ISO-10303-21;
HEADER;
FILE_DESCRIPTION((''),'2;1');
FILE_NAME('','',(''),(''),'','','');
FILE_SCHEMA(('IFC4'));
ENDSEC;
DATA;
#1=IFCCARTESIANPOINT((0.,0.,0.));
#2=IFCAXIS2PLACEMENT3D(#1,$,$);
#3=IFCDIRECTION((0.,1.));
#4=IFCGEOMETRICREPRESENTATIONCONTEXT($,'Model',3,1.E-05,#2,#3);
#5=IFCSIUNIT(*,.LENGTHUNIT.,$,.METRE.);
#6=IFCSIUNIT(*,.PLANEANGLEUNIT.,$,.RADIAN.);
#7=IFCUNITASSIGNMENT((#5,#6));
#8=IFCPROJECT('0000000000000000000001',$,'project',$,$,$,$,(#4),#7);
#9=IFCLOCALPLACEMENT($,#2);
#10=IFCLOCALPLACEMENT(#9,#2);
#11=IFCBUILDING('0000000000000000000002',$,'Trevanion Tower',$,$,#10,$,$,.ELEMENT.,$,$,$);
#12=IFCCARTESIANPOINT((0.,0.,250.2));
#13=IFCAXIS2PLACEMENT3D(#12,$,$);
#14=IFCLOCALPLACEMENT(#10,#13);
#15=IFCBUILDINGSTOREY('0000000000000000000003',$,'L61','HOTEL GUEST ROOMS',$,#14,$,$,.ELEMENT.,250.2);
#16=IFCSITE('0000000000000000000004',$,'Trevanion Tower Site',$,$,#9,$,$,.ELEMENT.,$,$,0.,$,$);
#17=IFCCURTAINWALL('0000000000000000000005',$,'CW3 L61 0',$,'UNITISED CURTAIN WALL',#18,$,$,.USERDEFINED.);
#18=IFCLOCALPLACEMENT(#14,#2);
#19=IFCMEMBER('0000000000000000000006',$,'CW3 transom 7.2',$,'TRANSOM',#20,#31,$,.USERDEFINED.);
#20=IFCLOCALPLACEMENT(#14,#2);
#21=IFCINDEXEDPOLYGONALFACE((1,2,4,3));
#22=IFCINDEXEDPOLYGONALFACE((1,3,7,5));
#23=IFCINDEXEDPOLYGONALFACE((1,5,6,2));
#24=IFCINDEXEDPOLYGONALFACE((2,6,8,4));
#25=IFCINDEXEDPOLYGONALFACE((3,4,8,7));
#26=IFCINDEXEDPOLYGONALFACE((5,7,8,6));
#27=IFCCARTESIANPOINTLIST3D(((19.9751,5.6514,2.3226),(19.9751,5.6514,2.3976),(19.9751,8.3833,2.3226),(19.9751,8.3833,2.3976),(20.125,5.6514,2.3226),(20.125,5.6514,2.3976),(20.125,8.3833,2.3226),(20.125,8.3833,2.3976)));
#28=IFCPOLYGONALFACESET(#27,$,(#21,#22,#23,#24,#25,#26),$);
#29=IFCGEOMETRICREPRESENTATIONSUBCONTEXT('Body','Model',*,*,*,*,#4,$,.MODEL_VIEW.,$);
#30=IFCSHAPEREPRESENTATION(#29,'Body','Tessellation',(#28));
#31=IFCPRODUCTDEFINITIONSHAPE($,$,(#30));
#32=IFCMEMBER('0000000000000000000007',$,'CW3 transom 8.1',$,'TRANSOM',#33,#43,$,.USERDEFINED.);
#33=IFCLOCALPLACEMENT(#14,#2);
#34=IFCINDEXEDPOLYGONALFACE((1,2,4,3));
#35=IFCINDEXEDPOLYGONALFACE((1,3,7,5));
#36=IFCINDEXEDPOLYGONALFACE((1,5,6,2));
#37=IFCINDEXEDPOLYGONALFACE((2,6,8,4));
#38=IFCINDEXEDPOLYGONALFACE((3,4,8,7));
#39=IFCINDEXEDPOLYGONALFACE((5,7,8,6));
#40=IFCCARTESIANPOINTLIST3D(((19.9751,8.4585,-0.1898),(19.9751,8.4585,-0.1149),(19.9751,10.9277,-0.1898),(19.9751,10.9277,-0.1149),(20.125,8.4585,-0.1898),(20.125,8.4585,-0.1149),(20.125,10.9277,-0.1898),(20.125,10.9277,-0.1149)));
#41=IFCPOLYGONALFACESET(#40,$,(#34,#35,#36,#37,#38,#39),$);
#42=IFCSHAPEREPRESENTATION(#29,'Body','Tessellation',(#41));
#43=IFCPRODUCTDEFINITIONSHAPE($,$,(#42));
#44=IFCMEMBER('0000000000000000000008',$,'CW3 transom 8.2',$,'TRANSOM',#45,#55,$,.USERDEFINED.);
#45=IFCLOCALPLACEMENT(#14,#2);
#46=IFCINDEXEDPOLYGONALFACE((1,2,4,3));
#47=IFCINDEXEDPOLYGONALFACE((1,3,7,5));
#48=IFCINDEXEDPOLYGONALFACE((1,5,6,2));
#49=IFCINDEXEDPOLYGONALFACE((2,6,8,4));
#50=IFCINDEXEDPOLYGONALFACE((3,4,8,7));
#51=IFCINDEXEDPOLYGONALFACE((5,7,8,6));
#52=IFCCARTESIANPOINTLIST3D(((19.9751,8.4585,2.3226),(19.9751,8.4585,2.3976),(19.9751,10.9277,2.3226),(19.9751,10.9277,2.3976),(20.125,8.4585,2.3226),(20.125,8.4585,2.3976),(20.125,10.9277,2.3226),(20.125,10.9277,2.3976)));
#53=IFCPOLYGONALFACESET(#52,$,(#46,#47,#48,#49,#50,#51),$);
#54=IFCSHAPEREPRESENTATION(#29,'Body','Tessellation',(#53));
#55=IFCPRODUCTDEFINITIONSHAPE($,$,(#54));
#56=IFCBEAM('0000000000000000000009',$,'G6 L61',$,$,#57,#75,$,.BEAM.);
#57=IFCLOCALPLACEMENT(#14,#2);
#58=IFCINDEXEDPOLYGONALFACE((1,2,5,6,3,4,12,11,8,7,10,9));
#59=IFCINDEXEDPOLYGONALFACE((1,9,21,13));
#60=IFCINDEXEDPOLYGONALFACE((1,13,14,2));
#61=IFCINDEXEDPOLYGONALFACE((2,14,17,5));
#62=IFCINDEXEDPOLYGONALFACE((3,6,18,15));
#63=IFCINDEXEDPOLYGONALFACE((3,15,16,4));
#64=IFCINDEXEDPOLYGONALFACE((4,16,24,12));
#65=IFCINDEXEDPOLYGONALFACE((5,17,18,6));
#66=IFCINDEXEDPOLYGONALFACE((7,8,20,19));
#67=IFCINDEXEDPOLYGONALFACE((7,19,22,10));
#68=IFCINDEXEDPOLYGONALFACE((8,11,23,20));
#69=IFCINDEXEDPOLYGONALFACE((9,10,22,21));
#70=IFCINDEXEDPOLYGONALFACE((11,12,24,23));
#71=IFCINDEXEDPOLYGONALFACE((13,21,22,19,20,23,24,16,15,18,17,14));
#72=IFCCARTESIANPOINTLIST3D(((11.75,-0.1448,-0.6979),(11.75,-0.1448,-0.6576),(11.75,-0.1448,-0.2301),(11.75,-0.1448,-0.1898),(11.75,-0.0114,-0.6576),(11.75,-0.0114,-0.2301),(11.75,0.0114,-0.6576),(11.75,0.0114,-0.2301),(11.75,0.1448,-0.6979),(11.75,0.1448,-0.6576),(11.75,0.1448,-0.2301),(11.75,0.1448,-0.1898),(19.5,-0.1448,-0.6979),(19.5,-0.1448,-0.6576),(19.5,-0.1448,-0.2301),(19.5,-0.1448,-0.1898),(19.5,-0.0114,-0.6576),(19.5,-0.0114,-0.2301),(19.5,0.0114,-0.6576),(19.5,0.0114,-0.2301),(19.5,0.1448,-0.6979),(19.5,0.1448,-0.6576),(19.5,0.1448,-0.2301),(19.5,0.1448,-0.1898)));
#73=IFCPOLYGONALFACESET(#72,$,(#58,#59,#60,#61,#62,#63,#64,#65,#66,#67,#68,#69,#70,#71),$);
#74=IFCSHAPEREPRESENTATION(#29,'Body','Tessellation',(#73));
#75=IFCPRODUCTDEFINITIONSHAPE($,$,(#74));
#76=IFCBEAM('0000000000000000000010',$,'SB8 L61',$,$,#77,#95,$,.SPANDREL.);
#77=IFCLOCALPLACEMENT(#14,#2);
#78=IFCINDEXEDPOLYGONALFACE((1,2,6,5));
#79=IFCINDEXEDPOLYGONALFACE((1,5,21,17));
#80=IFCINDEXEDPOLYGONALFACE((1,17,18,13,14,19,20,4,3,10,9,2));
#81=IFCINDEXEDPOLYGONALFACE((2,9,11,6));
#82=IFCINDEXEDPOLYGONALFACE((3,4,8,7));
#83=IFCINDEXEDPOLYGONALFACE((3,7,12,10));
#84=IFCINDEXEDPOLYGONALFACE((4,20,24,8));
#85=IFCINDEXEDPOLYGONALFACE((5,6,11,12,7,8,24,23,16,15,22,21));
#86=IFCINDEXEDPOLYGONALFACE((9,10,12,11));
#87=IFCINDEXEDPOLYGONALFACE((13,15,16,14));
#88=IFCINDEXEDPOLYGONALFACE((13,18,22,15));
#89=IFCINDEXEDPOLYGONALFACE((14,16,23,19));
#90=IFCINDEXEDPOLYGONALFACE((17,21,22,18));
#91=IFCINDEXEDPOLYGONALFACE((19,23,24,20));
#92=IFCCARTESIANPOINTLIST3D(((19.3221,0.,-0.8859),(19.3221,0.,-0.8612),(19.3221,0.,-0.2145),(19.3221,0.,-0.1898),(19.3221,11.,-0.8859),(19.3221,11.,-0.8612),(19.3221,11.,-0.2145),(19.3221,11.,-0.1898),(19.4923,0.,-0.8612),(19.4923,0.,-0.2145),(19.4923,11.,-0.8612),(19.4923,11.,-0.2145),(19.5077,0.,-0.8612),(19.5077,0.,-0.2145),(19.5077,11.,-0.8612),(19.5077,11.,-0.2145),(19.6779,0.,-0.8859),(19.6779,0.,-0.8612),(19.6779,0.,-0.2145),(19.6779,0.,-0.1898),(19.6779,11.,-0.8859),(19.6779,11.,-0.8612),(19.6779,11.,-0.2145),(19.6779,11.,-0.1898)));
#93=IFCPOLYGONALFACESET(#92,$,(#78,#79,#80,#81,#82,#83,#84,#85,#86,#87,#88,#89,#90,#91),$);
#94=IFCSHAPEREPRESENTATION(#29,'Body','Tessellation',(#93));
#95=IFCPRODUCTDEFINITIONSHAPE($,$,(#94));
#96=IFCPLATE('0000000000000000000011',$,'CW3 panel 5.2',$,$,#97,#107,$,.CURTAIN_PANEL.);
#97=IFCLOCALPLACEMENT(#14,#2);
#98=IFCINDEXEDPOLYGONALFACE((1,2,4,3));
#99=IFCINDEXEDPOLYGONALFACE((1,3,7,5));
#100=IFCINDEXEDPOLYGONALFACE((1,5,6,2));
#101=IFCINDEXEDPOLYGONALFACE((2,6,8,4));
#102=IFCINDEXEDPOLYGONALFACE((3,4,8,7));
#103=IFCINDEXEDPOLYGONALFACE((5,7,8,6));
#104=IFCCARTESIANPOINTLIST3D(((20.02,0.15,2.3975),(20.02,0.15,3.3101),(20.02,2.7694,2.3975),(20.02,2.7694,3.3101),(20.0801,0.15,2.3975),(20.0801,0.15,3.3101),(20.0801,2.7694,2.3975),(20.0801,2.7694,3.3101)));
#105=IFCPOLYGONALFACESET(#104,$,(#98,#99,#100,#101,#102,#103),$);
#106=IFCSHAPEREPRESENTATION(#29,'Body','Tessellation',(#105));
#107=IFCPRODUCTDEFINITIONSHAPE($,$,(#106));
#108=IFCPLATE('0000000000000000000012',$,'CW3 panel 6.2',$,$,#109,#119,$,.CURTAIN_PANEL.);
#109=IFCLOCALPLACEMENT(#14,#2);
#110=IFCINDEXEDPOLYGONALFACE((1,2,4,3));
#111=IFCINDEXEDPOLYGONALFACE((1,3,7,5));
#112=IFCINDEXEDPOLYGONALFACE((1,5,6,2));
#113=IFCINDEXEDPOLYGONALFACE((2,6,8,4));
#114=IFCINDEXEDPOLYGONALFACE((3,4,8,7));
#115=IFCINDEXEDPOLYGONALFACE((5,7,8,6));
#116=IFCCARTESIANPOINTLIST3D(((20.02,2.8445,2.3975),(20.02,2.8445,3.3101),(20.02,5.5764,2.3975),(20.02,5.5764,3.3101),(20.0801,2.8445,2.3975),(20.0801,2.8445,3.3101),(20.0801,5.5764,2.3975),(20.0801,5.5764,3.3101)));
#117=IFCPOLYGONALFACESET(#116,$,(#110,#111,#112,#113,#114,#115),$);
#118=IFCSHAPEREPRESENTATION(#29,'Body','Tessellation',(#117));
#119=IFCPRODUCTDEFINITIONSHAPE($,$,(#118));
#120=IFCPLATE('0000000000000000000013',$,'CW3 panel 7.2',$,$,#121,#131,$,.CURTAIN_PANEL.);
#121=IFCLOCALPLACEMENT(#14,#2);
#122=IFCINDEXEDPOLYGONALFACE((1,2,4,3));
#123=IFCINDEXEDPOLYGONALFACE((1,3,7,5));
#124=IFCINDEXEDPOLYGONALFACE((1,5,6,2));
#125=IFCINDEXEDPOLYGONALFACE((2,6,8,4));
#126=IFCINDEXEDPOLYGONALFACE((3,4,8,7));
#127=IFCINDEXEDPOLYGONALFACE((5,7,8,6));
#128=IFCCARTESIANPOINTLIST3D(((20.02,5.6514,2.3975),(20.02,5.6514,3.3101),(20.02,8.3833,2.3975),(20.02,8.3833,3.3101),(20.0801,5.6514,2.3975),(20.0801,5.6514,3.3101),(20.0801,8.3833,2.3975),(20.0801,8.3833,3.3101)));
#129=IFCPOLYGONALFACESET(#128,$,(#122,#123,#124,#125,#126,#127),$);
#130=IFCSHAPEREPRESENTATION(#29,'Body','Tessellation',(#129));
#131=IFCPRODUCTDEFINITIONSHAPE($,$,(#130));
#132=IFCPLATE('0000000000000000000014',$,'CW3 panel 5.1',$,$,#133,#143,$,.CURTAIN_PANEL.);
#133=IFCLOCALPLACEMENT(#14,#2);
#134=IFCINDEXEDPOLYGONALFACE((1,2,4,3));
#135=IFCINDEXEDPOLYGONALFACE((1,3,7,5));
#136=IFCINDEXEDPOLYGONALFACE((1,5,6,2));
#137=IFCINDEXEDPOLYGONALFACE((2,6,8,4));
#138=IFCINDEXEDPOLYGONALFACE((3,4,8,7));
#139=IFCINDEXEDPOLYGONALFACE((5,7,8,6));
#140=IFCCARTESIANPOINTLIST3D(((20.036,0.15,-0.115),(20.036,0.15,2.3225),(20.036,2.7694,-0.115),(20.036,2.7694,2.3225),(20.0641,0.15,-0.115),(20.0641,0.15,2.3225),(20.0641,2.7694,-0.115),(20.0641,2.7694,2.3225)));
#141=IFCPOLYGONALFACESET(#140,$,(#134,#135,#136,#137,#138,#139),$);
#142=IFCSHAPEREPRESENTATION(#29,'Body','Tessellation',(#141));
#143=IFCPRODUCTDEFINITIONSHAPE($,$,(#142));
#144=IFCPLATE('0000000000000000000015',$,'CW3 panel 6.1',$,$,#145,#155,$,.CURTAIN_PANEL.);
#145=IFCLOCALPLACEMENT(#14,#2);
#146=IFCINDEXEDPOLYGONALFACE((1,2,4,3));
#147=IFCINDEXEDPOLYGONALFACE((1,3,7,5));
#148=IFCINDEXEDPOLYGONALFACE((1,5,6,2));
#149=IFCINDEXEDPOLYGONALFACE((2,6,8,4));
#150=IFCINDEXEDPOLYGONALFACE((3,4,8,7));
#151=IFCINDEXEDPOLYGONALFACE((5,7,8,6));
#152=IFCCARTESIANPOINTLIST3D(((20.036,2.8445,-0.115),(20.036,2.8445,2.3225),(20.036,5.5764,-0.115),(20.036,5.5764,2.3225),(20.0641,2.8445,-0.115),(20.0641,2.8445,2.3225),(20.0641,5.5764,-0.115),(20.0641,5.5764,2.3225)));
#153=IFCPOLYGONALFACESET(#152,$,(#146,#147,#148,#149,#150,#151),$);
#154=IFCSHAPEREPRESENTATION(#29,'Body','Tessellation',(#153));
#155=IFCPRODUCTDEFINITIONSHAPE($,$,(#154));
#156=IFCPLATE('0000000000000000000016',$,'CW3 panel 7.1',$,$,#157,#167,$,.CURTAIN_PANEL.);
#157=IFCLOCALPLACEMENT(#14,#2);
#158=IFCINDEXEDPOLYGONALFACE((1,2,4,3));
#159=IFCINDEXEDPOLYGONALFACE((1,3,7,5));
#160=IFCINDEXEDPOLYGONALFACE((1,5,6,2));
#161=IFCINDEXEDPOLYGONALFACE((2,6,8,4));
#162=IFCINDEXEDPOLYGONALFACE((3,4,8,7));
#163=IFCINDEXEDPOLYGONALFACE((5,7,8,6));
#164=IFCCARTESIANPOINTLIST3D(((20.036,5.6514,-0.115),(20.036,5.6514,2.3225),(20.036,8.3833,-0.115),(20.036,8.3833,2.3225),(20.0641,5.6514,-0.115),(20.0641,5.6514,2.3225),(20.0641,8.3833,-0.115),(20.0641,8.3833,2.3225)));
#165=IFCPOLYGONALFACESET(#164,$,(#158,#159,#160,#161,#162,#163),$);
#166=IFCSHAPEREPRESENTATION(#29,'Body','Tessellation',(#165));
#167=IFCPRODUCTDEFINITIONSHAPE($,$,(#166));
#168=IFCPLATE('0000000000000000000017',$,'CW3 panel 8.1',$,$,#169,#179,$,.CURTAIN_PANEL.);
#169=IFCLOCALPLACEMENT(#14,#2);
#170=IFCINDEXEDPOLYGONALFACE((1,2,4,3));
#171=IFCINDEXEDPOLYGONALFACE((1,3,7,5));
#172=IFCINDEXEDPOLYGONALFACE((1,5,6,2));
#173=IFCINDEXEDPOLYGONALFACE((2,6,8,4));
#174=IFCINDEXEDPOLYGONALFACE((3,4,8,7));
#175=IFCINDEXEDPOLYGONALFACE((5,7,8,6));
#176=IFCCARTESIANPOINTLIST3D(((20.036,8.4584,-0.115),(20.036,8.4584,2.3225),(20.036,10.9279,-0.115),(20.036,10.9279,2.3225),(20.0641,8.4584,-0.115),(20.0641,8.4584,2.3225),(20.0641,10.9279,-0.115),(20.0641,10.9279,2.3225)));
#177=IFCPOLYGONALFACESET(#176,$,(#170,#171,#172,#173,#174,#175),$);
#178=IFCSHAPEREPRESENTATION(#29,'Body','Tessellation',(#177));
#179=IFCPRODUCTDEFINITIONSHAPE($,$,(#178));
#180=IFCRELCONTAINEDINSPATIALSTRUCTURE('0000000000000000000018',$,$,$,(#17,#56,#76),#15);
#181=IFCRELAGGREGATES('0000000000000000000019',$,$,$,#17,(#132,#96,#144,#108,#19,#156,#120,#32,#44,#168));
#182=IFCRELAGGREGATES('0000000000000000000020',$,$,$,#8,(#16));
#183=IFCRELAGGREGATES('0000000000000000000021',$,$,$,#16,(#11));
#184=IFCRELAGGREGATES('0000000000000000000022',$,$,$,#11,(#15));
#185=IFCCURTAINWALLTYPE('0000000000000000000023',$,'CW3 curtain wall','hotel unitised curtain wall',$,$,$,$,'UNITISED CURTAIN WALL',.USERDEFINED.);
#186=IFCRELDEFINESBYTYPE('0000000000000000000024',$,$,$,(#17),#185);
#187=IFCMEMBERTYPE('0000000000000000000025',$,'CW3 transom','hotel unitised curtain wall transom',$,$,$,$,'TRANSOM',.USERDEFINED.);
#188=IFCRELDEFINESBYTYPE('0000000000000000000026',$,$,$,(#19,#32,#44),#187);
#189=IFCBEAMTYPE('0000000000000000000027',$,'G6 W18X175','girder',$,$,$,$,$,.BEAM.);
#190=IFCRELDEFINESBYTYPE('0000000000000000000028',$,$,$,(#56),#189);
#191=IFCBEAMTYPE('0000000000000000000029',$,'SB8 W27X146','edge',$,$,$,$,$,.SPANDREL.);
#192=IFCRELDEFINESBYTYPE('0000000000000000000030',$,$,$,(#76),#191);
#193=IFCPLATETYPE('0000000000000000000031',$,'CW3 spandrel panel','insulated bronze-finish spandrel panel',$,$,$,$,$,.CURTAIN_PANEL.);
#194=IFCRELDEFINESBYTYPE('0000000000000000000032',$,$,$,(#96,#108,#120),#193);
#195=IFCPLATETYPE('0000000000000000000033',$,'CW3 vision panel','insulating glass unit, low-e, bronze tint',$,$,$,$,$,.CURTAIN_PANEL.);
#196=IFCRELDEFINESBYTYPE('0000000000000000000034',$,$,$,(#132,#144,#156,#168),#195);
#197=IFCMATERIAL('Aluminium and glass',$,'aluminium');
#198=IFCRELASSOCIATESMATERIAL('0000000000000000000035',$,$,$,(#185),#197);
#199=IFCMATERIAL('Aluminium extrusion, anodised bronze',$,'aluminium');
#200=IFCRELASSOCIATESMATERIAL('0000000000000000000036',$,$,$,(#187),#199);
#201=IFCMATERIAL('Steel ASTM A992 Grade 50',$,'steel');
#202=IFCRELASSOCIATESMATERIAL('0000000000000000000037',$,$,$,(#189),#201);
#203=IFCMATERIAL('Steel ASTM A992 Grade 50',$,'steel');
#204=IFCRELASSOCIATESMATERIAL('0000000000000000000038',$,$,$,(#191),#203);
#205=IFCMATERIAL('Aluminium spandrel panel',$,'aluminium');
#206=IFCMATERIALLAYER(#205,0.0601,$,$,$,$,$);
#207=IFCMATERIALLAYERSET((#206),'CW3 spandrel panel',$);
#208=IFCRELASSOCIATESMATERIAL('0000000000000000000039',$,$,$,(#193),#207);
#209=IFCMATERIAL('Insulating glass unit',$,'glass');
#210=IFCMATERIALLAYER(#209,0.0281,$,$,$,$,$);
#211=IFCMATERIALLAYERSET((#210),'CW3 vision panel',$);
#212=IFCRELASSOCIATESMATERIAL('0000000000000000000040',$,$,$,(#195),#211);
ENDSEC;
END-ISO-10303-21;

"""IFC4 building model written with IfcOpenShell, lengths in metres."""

from ifc_helpers import new_model, si_unit, direction, frame, origin, origin_2d, place, context, subcontext, project, spatial, rectangle, i_section, extrude, material, layer, layer_set, material_profile, profile_set, type_object, element, aggregate, save


model = new_model("IFC4")

# Units and contexts
model_context = context("Model", 3, precision=1e-05, world=origin(), true_north=direction((0.0, 1.0)))
body_context = subcontext(model_context, "Body", "Model", "MODEL_VIEW")
ifc_project = project(units=[si_unit("LENGTHUNIT", "METRE"), si_unit("PLANEANGLEUNIT", "RADIAN")], contexts=[model_context])

# Site, building, storey
site_placement = place(None, origin())
site = spatial("IfcSite", under=ifc_project, at=site_placement, Name="Trevanion Tower Site", CompositionType="ELEMENT", RefElevation=0.0)
building_placement = place(site_placement, origin())
building = spatial("IfcBuilding", under=site, at=building_placement, Name="Trevanion Tower", CompositionType="ELEMENT")
storey_placement = place(building_placement, frame((0.0, 0.0, 250.2)))
storey = spatial("IfcBuildingStorey", under=building, at=storey_placement, Name="L61", Description="HOTEL GUEST ROOMS", CompositionType="ELEMENT", Elevation=250.2)

# Curtain wall, members
ifc_material_1 = material(Name="Aluminium and glass", Category="aluminium")
curtain_wall_type = type_object("IfcCurtainWallType", Name="CW3 curtain wall", Description="hotel unitised curtain wall", ElementType="UNITISED CURTAIN WALL", PredefinedType="USERDEFINED", material=ifc_material_1)
curtain_wall_placement = place(storey_placement, origin())
curtain_wall = element("IfcCurtainWall", 1, at=curtain_wall_placement, inside=storey, type_object=curtain_wall_type, Name="CW3 L61 0", ObjectType="UNITISED CURTAIN WALL", PredefinedType="USERDEFINED")
ifc_material_2 = material(Name="Aluminium extrusion, anodised bronze", Category="aluminium")
ifc_material_profile_1 = material_profile(ifc_material_2, rectangle(XDim=0.1499, YDim=0.075, at=origin_2d()), Name="CW3 transom")
ifc_profile_set_1 = profile_set([ifc_material_profile_1], Name="Aluminium extrusion, anodised bronze")
member_type_1 = type_object("IfcMemberType", Name="CW3 transom", Description="hotel unitised curtain wall transom", ElementType="TRANSOM", PredefinedType="USERDEFINED", material=ifc_profile_set_1)
member_1_placement = place(storey_placement, frame((20.05, 5.6514, 2.3601), z_axis=(0.0, 1.0, 0.0), x_axis=(-1.0, 0.0, 0.0)))
member_1 = element("IfcMember", 2, at=member_1_placement, type_object=member_type_1, Name="CW3 transom 7.2", ObjectType="TRANSOM", PredefinedType="USERDEFINED", context=body_context, shape_type="SweptSolid", body=[
    extrude(rectangle(XDim=0.1499, YDim=0.075, at=origin_2d()), origin(), (0.0, 0.0, 1.0), 2.7319),
])
member_2_placement = place(storey_placement, frame((20.05, 8.4585, -0.1523), z_axis=(0.0, 1.0, 0.0), x_axis=(-1.0, 0.0, 0.0)))
member_2 = element("IfcMember", 3, at=member_2_placement, type_object=member_type_1, Name="CW3 transom 8.1", ObjectType="TRANSOM", PredefinedType="USERDEFINED", context=body_context, shape_type="SweptSolid", body=[
    extrude(rectangle(XDim=0.1499, YDim=0.075, at=origin_2d()), origin(), (0.0, 0.0, 1.0), 2.4692),
])
member_3_placement = place(storey_placement, frame((20.05, 8.4585, 2.3601), z_axis=(0.0, 1.0, 0.0), x_axis=(-1.0, 0.0, 0.0)))
member_3 = element("IfcMember", 4, at=member_3_placement, type_object=member_type_1, Name="CW3 transom 8.2", ObjectType="TRANSOM", PredefinedType="USERDEFINED", context=body_context, shape_type="SweptSolid", body=[
    extrude(rectangle(XDim=0.1499, YDim=0.075, at=origin_2d()), origin(), (0.0, 0.0, 1.0), 2.4692),
])

# Beams
ifc_material_3 = material(Name="Steel ASTM A992 Grade 50", Category="steel")
ifc_material_profile_2 = material_profile(ifc_material_3, i_section(OverallWidth=0.2896, OverallDepth=0.5081, WebThickness=0.0227, FlangeThickness=0.0403, at=origin_2d()), Name="W18X175")
ifc_profile_set_2 = profile_set([ifc_material_profile_2], Name="Steel ASTM A992 Grade 50")
beam_type_1 = type_object("IfcBeamType", Name="G6 W18X175", Description="girder", PredefinedType="BEAM", material=ifc_profile_set_2)
beam_1_placement = place(storey_placement, frame((11.75, 0.0, -0.4438), z_axis=(1.0, 0.0, 0.0), x_axis=(0.0, 1.0, 0.0)))
element("IfcBeam", 5, at=beam_1_placement, inside=storey, type_object=beam_type_1, Name="G6 L61", PredefinedType="BEAM", context=body_context, shape_type="SweptSolid", body=[
    extrude(i_section(OverallWidth=0.2896, OverallDepth=0.5081, WebThickness=0.0227, FlangeThickness=0.0403, at=origin_2d()), origin(), (0.0, 0.0, 1.0), 7.75),
])
ifc_material_4 = material(Name="Steel ASTM A992 Grade 50", Category="steel")
ifc_material_profile_3 = material_profile(ifc_material_4, i_section(OverallWidth=0.3557, OverallDepth=0.696, WebThickness=0.0154, FlangeThickness=0.0247, at=origin_2d()), Name="W27X146")
ifc_profile_set_3 = profile_set([ifc_material_profile_3], Name="Steel ASTM A992 Grade 50")
beam_type_2 = type_object("IfcBeamType", Name="SB8 W27X146", Description="edge", PredefinedType="SPANDREL", material=ifc_profile_set_3)
beam_2_placement = place(storey_placement, frame((19.5, 0.0, -0.5378), z_axis=(0.0, 1.0, 0.0), x_axis=(-1.0, 0.0, 0.0)))
element("IfcBeam", 6, at=beam_2_placement, inside=storey, type_object=beam_type_2, Name="SB8 L61", PredefinedType="SPANDREL", context=body_context, shape_type="SweptSolid", body=[
    extrude(i_section(OverallWidth=0.3557, OverallDepth=0.696, WebThickness=0.0154, FlangeThickness=0.0247, at=origin_2d()), origin(), (0.0, 0.0, 1.0), 11.0),
])

# Plates
ifc_material_5 = material(Name="Aluminium spandrel panel", Category="aluminium")
ifc_layer_1 = layer(ifc_material_5, 0.0601)
ifc_layer_set_1 = layer_set([ifc_layer_1], Name="CW3 spandrel panel")
plate_type_1 = type_object("IfcPlateType", Name="CW3 spandrel panel", Description="insulated bronze-finish spandrel panel", PredefinedType="CURTAIN_PANEL", material=ifc_layer_set_1)
plate_1_placement = place(storey_placement, frame((20.05, 1.4597, 2.3975), z_axis=(0.0, 0.0, 1.0), x_axis=(0.0, 1.0, 0.0)))
plate_1 = element("IfcPlate", 7, at=plate_1_placement, type_object=plate_type_1, Name="CW3 panel 5.2", PredefinedType="CURTAIN_PANEL", context=body_context, shape_type="SweptSolid", body=[
    extrude(rectangle(XDim=2.6194, YDim=0.0601, at=origin_2d()), origin(), (0.0, 0.0, 1.0), 0.9126),
])
plate_2_placement = place(storey_placement, frame((20.05, 4.2104, 2.3975), z_axis=(0.0, 0.0, 1.0), x_axis=(0.0, 1.0, 0.0)))
plate_2 = element("IfcPlate", 8, at=plate_2_placement, type_object=plate_type_1, Name="CW3 panel 6.2", PredefinedType="CURTAIN_PANEL", context=body_context, shape_type="SweptSolid", body=[
    extrude(rectangle(XDim=2.7319, YDim=0.0601, at=origin_2d()), origin(), (0.0, 0.0, 1.0), 0.9126),
])
plate_3_placement = place(storey_placement, frame((20.05, 7.0173, 2.3975), z_axis=(0.0, 0.0, 1.0), x_axis=(0.0, 1.0, 0.0)))
plate_3 = element("IfcPlate", 9, at=plate_3_placement, type_object=plate_type_1, Name="CW3 panel 7.2", PredefinedType="CURTAIN_PANEL", context=body_context, shape_type="SweptSolid", body=[
    extrude(rectangle(XDim=2.7319, YDim=0.0601, at=origin_2d()), origin(), (0.0, 0.0, 1.0), 0.9126),
])
ifc_material_6 = material(Name="Insulating glass unit", Category="glass")
ifc_layer_2 = layer(ifc_material_6, 0.0281)
ifc_layer_set_2 = layer_set([ifc_layer_2], Name="CW3 vision panel")
plate_type_2 = type_object("IfcPlateType", Name="CW3 vision panel", Description="insulating glass unit, low-e, bronze tint", PredefinedType="CURTAIN_PANEL", material=ifc_layer_set_2)
plate_4_placement = place(storey_placement, frame((20.05, 1.4597, -0.115), z_axis=(0.0, 0.0, 1.0), x_axis=(0.0, 1.0, 0.0)))
plate_4 = element("IfcPlate", 10, at=plate_4_placement, type_object=plate_type_2, Name="CW3 panel 5.1", PredefinedType="CURTAIN_PANEL", context=body_context, shape_type="SweptSolid", body=[
    extrude(rectangle(XDim=2.6194, YDim=0.0281, at=origin_2d()), origin(), (0.0, 0.0, 1.0), 2.4375),
])
plate_5_placement = place(storey_placement, frame((20.05, 4.2104, -0.115), z_axis=(0.0, 0.0, 1.0), x_axis=(0.0, 1.0, 0.0)))
plate_5 = element("IfcPlate", 11, at=plate_5_placement, type_object=plate_type_2, Name="CW3 panel 6.1", PredefinedType="CURTAIN_PANEL", context=body_context, shape_type="SweptSolid", body=[
    extrude(rectangle(XDim=2.7319, YDim=0.0281, at=origin_2d()), origin(), (0.0, 0.0, 1.0), 2.4375),
])
plate_6_placement = place(storey_placement, frame((20.05, 7.0173, -0.115), z_axis=(0.0, 0.0, 1.0), x_axis=(0.0, 1.0, 0.0)))
plate_6 = element("IfcPlate", 12, at=plate_6_placement, type_object=plate_type_2, Name="CW3 panel 7.1", PredefinedType="CURTAIN_PANEL", context=body_context, shape_type="SweptSolid", body=[
    extrude(rectangle(XDim=2.7319, YDim=0.0281, at=origin_2d()), origin(), (0.0, 0.0, 1.0), 2.4375),
])
plate_7_placement = place(storey_placement, frame((20.05, 9.6931, -0.115), z_axis=(0.0, 0.0, 1.0), x_axis=(0.0, 1.0, 0.0)))
plate_7 = element("IfcPlate", 13, at=plate_7_placement, type_object=plate_type_2, Name="CW3 panel 8.1", PredefinedType="CURTAIN_PANEL", context=body_context, shape_type="SweptSolid", body=[
    extrude(rectangle(XDim=2.4695, YDim=0.0281, at=origin_2d()), origin(), (0.0, 0.0, 1.0), 2.4375),
])
aggregate(curtain_wall, [plate_4, plate_1, plate_5, plate_2, member_1, plate_6, plate_3, member_2, member_3, plate_7])

save(model, "model.ifc")
